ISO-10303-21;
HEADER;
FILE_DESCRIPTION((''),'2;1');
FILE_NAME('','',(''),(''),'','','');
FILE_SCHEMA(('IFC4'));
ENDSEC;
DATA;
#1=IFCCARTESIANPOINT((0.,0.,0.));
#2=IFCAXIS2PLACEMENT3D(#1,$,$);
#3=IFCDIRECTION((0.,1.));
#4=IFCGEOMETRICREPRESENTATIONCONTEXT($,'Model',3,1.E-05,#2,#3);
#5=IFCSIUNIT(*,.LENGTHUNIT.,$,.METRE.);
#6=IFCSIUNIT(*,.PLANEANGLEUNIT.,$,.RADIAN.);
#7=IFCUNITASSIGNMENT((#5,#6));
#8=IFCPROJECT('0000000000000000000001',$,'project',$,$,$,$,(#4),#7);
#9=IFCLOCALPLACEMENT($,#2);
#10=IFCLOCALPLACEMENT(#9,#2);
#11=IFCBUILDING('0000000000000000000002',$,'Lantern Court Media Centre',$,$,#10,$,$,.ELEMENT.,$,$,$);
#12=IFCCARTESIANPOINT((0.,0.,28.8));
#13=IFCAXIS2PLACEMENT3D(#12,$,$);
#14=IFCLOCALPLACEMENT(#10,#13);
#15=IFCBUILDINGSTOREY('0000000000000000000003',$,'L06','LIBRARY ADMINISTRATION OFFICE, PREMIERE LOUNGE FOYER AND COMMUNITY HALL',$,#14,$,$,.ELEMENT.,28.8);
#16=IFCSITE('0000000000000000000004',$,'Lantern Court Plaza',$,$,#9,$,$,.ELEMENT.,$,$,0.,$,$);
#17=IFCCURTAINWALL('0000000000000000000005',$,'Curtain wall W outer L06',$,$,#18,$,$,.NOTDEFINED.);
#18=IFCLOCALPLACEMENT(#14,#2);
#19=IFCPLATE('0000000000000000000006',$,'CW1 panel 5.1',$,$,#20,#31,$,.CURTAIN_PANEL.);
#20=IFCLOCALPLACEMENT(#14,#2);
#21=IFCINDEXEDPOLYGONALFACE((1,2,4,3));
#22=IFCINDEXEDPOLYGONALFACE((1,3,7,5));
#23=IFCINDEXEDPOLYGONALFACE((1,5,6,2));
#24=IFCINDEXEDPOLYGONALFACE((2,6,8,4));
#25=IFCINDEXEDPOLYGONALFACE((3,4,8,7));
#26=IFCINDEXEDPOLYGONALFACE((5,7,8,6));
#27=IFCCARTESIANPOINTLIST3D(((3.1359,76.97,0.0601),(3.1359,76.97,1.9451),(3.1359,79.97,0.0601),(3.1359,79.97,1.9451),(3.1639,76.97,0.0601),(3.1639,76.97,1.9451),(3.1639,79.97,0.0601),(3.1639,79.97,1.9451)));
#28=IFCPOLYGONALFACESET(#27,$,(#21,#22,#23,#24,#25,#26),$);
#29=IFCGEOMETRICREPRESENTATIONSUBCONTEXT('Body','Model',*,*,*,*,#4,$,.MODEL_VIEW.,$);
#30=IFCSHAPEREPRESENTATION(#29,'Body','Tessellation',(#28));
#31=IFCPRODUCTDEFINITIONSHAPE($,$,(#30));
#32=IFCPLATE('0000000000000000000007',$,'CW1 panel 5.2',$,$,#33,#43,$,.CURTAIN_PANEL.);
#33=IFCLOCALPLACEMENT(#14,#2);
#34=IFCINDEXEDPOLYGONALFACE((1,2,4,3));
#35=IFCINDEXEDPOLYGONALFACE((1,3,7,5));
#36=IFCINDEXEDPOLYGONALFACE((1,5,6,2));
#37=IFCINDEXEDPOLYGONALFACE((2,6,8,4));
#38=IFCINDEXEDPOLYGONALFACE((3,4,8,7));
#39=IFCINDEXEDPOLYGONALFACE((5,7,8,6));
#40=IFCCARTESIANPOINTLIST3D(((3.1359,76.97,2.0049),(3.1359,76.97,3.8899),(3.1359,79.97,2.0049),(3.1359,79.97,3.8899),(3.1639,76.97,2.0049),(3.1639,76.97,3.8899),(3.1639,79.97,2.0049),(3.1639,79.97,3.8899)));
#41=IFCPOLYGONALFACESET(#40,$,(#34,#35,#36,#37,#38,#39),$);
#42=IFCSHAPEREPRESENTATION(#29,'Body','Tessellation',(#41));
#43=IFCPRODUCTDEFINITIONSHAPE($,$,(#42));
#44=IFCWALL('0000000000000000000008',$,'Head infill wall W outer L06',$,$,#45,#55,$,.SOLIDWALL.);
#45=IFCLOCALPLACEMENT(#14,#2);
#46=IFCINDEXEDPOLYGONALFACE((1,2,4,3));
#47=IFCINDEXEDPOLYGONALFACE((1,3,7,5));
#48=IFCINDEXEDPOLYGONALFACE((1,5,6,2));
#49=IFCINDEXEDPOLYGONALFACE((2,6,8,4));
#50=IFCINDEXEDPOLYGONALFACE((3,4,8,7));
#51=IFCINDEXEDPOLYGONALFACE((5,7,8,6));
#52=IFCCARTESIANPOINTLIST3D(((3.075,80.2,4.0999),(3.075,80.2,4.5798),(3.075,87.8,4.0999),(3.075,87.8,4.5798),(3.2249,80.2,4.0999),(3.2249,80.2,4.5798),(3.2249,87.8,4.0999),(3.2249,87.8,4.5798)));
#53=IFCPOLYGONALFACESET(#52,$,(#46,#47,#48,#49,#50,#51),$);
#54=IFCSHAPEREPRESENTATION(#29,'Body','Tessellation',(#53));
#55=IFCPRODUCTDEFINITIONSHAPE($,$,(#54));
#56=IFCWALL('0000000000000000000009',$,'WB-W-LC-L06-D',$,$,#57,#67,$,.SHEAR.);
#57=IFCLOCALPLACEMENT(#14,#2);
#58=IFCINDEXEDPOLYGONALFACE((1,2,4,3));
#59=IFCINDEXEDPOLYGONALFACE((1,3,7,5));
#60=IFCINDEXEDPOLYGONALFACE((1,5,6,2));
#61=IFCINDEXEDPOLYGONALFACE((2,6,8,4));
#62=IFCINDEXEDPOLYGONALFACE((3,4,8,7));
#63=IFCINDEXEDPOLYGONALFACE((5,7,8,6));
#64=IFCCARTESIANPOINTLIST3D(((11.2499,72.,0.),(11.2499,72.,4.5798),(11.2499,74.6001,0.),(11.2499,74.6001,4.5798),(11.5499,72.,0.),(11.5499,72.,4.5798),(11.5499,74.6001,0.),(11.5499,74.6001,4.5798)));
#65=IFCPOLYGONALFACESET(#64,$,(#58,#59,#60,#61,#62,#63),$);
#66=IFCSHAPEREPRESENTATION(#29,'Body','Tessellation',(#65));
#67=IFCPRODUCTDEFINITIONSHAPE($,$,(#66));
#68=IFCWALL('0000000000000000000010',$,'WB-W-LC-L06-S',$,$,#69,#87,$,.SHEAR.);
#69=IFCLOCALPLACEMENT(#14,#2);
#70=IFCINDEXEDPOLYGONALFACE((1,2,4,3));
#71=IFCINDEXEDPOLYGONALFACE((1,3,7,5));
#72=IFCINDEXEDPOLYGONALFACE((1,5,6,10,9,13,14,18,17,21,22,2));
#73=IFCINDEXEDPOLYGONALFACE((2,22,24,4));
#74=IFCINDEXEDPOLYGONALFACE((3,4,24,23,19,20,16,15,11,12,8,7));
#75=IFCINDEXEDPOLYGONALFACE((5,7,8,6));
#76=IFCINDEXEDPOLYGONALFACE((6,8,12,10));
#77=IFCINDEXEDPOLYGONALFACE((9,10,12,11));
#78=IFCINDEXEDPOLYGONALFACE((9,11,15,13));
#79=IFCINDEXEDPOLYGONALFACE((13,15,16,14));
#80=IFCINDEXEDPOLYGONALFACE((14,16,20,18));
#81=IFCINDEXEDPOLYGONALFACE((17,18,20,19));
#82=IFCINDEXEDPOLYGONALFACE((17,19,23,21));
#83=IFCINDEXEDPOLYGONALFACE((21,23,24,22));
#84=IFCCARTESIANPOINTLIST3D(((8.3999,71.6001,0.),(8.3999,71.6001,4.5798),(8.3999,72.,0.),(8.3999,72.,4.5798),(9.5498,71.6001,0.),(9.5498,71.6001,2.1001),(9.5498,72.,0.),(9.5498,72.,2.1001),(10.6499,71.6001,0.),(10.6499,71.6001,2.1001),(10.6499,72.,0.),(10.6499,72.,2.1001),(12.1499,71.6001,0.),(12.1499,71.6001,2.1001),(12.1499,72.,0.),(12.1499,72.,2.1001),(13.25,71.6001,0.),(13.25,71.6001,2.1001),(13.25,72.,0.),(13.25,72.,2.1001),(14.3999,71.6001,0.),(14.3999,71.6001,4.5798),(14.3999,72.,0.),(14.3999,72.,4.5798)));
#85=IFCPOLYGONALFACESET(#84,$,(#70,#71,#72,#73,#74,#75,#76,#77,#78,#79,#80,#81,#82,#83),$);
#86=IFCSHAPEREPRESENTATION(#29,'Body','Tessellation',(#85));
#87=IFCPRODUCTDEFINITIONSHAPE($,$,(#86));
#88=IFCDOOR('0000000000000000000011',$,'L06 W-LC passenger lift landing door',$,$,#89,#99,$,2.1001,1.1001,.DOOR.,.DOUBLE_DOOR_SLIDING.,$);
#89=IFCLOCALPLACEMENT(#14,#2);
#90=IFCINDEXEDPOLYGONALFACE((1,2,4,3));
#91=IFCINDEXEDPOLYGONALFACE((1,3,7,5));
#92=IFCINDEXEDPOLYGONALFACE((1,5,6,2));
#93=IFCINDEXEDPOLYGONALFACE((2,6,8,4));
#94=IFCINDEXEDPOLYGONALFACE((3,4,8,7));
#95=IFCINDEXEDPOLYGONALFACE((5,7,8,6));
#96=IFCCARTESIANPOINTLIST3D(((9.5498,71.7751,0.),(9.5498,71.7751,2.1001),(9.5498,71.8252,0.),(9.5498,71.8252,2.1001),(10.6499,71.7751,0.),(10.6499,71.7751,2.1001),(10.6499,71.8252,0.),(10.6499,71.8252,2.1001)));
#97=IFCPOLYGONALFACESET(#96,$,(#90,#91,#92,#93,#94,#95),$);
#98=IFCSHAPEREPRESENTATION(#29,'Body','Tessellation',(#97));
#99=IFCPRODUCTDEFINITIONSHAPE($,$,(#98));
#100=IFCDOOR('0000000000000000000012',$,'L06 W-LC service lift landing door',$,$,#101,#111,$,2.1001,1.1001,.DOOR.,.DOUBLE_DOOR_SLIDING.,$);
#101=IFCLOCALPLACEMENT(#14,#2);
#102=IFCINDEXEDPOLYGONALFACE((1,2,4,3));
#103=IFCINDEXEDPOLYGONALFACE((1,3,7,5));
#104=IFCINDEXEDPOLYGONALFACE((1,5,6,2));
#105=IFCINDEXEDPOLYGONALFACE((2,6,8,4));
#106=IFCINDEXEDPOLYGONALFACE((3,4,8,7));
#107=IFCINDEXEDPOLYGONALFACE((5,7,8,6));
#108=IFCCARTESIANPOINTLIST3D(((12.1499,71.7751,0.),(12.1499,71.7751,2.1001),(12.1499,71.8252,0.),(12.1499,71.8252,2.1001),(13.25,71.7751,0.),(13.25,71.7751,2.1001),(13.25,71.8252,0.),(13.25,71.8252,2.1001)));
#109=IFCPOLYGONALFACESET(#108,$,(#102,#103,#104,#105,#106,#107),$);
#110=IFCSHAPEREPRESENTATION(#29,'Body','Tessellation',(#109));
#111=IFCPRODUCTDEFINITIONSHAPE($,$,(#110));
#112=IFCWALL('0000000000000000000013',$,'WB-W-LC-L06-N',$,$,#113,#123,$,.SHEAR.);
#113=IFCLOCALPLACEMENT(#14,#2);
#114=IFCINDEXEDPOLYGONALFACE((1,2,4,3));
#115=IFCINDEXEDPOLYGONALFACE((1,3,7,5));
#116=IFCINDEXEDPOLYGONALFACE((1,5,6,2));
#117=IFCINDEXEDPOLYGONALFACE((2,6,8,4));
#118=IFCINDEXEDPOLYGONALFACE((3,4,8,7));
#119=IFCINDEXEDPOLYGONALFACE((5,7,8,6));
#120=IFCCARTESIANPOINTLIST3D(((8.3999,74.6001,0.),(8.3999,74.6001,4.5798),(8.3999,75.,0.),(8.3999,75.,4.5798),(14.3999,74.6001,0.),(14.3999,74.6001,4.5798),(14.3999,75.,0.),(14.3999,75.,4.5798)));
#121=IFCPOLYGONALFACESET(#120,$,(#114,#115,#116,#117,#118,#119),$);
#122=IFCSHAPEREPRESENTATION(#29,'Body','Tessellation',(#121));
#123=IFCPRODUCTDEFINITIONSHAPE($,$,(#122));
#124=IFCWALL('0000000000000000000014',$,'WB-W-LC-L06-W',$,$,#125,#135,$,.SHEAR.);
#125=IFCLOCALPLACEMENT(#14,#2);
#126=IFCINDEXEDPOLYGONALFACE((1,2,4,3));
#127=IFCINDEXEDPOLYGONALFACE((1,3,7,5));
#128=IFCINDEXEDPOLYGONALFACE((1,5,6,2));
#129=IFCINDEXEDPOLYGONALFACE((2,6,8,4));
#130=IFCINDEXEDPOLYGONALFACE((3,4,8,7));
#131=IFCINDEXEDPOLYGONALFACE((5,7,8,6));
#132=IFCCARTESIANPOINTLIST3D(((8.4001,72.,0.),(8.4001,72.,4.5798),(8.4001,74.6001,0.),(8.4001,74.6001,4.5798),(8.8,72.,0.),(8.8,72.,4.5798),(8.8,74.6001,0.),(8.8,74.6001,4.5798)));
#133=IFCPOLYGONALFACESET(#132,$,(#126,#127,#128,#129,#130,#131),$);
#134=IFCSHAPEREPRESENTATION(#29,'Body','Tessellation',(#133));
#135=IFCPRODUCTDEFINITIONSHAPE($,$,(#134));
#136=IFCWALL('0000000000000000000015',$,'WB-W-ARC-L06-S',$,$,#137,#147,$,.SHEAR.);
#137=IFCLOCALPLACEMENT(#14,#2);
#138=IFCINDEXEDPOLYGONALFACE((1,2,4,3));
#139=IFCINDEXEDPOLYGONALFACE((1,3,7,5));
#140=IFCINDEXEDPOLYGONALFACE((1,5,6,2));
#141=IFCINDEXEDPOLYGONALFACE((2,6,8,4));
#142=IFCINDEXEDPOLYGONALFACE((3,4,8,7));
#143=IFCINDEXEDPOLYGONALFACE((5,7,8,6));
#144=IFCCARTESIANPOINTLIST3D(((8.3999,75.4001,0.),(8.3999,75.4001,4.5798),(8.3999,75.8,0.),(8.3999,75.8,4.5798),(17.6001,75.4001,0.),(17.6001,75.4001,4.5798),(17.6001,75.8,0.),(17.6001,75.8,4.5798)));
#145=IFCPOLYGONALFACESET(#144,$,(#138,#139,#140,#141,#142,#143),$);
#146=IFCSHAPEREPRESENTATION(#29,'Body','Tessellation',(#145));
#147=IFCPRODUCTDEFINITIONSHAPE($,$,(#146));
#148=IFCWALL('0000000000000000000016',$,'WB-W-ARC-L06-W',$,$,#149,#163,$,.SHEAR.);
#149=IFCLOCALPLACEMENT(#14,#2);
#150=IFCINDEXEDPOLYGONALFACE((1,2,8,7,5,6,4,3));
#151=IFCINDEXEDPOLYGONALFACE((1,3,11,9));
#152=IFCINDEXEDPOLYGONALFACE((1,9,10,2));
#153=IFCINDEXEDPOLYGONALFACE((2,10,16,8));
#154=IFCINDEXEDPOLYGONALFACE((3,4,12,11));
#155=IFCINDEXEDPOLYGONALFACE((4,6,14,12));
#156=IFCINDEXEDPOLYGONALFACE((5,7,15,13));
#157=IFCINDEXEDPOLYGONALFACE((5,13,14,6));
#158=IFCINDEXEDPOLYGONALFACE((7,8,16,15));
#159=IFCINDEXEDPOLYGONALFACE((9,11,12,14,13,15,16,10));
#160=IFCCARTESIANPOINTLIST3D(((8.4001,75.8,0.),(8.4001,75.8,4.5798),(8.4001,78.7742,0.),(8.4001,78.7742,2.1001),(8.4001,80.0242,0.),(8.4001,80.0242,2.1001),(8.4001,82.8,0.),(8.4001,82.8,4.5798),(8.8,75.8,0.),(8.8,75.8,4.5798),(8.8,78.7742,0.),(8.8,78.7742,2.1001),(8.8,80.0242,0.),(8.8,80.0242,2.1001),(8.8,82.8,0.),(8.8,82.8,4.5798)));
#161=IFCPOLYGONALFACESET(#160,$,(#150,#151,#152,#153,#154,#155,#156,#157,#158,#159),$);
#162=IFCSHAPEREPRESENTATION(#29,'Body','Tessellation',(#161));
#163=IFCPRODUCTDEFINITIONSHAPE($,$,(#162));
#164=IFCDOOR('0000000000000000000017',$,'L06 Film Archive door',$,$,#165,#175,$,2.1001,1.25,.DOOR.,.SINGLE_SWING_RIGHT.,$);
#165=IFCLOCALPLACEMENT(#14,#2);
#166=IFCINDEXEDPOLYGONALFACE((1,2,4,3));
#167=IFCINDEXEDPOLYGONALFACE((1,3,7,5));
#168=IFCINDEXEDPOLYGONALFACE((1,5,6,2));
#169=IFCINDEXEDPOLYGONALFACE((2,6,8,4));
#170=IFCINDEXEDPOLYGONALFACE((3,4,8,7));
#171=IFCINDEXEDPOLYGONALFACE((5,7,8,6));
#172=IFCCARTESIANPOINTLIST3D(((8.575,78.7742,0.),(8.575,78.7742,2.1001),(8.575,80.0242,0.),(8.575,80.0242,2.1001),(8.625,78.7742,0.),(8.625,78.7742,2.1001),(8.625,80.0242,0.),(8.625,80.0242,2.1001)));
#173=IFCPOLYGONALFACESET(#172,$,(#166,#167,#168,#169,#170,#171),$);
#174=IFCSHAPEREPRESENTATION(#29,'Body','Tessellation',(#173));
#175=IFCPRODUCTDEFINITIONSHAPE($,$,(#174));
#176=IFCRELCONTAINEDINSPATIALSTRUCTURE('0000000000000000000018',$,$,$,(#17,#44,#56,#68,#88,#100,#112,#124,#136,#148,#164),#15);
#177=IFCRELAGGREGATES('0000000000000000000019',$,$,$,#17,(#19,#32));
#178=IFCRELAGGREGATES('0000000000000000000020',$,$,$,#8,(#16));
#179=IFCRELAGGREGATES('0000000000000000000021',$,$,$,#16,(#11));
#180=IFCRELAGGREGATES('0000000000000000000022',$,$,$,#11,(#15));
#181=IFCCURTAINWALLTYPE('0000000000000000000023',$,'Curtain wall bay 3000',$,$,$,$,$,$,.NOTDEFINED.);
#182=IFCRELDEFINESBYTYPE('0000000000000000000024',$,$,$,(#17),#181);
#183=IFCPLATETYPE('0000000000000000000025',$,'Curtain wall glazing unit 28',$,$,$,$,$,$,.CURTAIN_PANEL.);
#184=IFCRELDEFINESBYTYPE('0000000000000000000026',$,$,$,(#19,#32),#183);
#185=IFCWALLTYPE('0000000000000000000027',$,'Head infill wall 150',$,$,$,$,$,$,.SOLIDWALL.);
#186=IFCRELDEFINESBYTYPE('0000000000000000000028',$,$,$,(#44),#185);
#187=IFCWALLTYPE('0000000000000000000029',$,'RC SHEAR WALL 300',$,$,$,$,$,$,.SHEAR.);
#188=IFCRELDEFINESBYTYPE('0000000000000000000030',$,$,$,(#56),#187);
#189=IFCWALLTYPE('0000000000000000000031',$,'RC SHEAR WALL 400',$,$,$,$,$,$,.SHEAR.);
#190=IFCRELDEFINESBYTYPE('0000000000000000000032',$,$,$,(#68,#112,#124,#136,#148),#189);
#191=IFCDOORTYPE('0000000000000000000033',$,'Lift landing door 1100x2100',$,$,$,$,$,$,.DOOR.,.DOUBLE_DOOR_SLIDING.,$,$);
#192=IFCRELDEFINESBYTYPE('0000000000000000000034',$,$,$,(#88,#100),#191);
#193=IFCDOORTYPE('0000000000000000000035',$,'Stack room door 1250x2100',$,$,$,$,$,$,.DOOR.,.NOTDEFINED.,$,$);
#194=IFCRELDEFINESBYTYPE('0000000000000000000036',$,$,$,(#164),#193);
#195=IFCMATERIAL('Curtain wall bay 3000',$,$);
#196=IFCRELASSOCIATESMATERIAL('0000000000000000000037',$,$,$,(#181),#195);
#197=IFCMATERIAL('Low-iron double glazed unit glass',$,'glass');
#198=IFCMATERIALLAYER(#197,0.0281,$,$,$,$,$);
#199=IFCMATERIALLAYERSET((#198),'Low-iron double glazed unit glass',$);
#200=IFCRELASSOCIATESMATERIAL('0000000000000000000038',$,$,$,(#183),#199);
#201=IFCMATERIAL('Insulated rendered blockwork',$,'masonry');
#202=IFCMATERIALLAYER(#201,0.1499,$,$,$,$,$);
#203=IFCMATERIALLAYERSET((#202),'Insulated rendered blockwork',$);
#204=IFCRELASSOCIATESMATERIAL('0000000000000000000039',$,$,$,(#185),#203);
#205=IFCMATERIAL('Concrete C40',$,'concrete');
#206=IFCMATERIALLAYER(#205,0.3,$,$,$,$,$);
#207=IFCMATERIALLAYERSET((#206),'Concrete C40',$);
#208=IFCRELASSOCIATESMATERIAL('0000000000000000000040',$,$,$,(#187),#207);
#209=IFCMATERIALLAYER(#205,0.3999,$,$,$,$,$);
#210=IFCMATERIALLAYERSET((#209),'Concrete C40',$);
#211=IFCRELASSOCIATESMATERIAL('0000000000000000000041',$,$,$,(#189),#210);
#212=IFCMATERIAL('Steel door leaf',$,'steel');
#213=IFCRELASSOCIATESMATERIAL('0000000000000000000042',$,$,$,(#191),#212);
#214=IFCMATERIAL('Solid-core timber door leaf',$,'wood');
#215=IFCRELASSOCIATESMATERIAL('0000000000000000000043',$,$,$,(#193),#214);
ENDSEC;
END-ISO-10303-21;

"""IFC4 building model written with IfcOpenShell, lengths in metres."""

from ifc_helpers import new_model, si_unit, direction, frame, frame_2d, origin, origin_2d, place, context, subcontext, project, spatial, rectangle, extrude, material, layer, layer_set, type_object, element, fill, aggregate, save


model = new_model("IFC4")

# Units and contexts
model_context = context("Model", 3, precision=1e-05, world=origin(), true_north=direction((0.0, 1.0)))
body_context = subcontext(model_context, "Body", "Model", "MODEL_VIEW")
ifc_project = project(units=[si_unit("LENGTHUNIT", "METRE"), si_unit("PLANEANGLEUNIT", "RADIAN")], contexts=[model_context])

# Site, building, storey
site_placement = place(None, origin())
site = spatial("IfcSite", under=ifc_project, at=site_placement, Name="Lantern Court Plaza", CompositionType="ELEMENT", RefElevation=0.0)
building_placement = place(site_placement, origin())
building = spatial("IfcBuilding", under=site, at=building_placement, Name="Lantern Court Media Centre", CompositionType="ELEMENT")
storey_placement = place(building_placement, frame((0.0, 0.0, 28.8)))
storey = spatial("IfcBuildingStorey", under=building, at=storey_placement, Name="L06", Description="LIBRARY ADMINISTRATION OFFICE, PREMIERE LOUNGE FOYER AND COMMUNITY HALL", CompositionType="ELEMENT", Elevation=28.8)

# Curtain wall
ifc_material_1 = material(Name="Curtain wall bay 3000")
curtain_wall_type = type_object("IfcCurtainWallType", Name="Curtain wall bay 3000", PredefinedType="NOTDEFINED", material=ifc_material_1)
curtain_wall_placement = place(storey_placement, origin())
curtain_wall = element("IfcCurtainWall", 1, at=curtain_wall_placement, inside=storey, type_object=curtain_wall_type, Name="Curtain wall W outer L06", PredefinedType="NOTDEFINED")

# Plates
ifc_material_2 = material(Name="Low-iron double glazed unit glass", Category="glass")
ifc_layer_1 = layer(ifc_material_2, 0.0281)
ifc_layer_set_1 = layer_set([ifc_layer_1], Name="Low-iron double glazed unit glass")
plate_type = type_object("IfcPlateType", Name="Curtain wall glazing unit 28", PredefinedType="CURTAIN_PANEL", material=ifc_layer_set_1)
plate_1_placement = place(storey_placement, frame((3.1499, 78.47, 0.0601), z_axis=(0.0, 0.0, 1.0), x_axis=(0.0, 1.0, 0.0)))
plate_1 = element("IfcPlate", 2, at=plate_1_placement, type_object=plate_type, Name="CW1 panel 5.1", PredefinedType="CURTAIN_PANEL", context=body_context, shape_type="SweptSolid", body=[
    extrude(rectangle(XDim=3.0, YDim=0.0281, at=origin_2d()), origin(), (0.0, 0.0, 1.0), 1.885),
])
plate_2_placement = place(storey_placement, frame((3.1499, 78.47, 2.0049), z_axis=(0.0, 0.0, 1.0), x_axis=(0.0, 1.0, 0.0)))
plate_2 = element("IfcPlate", 3, at=plate_2_placement, type_object=plate_type, Name="CW1 panel 5.2", PredefinedType="CURTAIN_PANEL", context=body_context, shape_type="SweptSolid", body=[
    extrude(rectangle(XDim=3.0, YDim=0.0281, at=origin_2d()), origin(), (0.0, 0.0, 1.0), 1.885),
])
aggregate(curtain_wall, [plate_1, plate_2])

# Walls
ifc_material_3 = material(Name="Insulated rendered blockwork", Category="masonry")
ifc_layer_2 = layer(ifc_material_3, 0.1499)
ifc_layer_set_2 = layer_set([ifc_layer_2], Name="Insulated rendered blockwork")
wall_type_1 = type_object("IfcWallType", Name="Head infill wall 150", PredefinedType="SOLIDWALL", material=ifc_layer_set_2)
wall_1_placement = place(storey_placement, frame((3.1499, 80.2, 4.0999), z_axis=(0.0, 0.0, 1.0), x_axis=(0.0, 1.0, 0.0)))
element("IfcWall", 4, at=wall_1_placement, inside=storey, type_object=wall_type_1, Name="Head infill wall W outer L06", PredefinedType="SOLIDWALL", context=body_context, shape_type="SweptSolid", body=[
    extrude(rectangle(XDim=7.6001, YDim=0.1499, at=frame_2d((3.8, 0.0))), origin(), (0.0, 0.0, 1.0), 0.48),
])
ifc_material_4 = material(Name="Concrete C40", Category="concrete")
ifc_layer_3 = layer(ifc_material_4, 0.3)
ifc_layer_set_3 = layer_set([ifc_layer_3], Name="Concrete C40")
wall_type_2 = type_object("IfcWallType", Name="RC SHEAR WALL 300", PredefinedType="SHEAR", material=ifc_layer_set_3)
wall_2_placement = place(storey_placement, frame((11.3999, 72.0, 0.0), z_axis=(0.0, 0.0, 1.0), x_axis=(0.0, 1.0, 0.0)))
element("IfcWall", 5, at=wall_2_placement, inside=storey, type_object=wall_type_2, Name="WB-W-LC-L06-D", PredefinedType="SHEAR", context=body_context, shape_type="SweptSolid", body=[
    extrude(rectangle(XDim=2.6001, YDim=0.3, at=frame_2d((1.3, 0.0))), origin(), (0.0, 0.0, 1.0), 4.5798),
])

# Wall, openings, doors
ifc_layer_4 = layer(ifc_material_4, 0.3999)
ifc_layer_set_4 = layer_set([ifc_layer_4], Name="Concrete C40")
wall_type_3 = type_object("IfcWallType", Name="RC SHEAR WALL 400", PredefinedType="SHEAR", material=ifc_layer_set_4)
wall_3_placement = place(storey_placement, frame((8.3999, 71.8, 0.0), z_axis=(0.0, 0.0, 1.0), x_axis=(1.0, 0.0, 0.0)))
wall_3 = element("IfcWall", 6, at=wall_3_placement, inside=storey, type_object=wall_type_3, Name="WB-W-LC-L06-S", PredefinedType="SHEAR", context=body_context, shape_type="SweptSolid", body=[
    extrude(rectangle(XDim=6.0, YDim=0.3999, at=frame_2d((3.0, 0.0))), origin(), (0.0, 0.0, 1.0), 4.5798),
])
opening_1_placement = place(wall_3_placement, frame((1.1499, 0.0, 0.0)))
opening_1 = element("IfcOpeningElement", 7, at=opening_1_placement, cuts=wall_3, PredefinedType="OPENING", context=body_context, shape_type="SweptSolid", body=[
    extrude(rectangle(XDim=1.1001, YDim=2.1001, at=frame_2d((0.55, 1.05))), frame((0.0, 0.21, 0.0), z_axis=(0.0, -1.0, 0.0), x_axis=(1.0, 0.0, 0.0)), (0.0, 0.0, 1.0), 0.4199),
])
opening_2_placement = place(wall_3_placement, frame((3.75, 0.0, 0.0)))
opening_2 = element("IfcOpeningElement", 8, at=opening_2_placement, cuts=wall_3, PredefinedType="OPENING", context=body_context, shape_type="SweptSolid", body=[
    extrude(rectangle(XDim=1.1001, YDim=2.1001, at=frame_2d((0.55, 1.05))), frame((0.0, 0.21, 0.0), z_axis=(0.0, -1.0, 0.0), x_axis=(1.0, 0.0, 0.0)), (0.0, 0.0, 1.0), 0.4199),
])
ifc_material_5 = material(Name="Steel door leaf", Category="steel")
door_type_1 = type_object("IfcDoorType", Name="Lift landing door 1100x2100", OperationType="DOUBLE_DOOR_SLIDING", PredefinedType="DOOR", material=ifc_material_5)
door_1_placement = place(opening_1_placement, frame((1.1001, 0.0, 0.0), z_axis=(0.0, 0.0, 1.0), x_axis=(-1.0, 0.0, 0.0)))
door_1 = element("IfcDoor", 9, at=door_1_placement, inside=storey, type_object=door_type_1, Name="L06 W-LC passenger lift landing door", OperationType="DOUBLE_DOOR_SLIDING", OverallHeight=2.1001, OverallWidth=1.1001, PredefinedType="DOOR", context=body_context, shape_type="SweptSolid", body=[
    extrude(rectangle(XDim=1.1001, YDim=2.1001, at=frame_2d((0.55, 1.05))), frame((0.0, 0.0249, 0.0), z_axis=(0.0, -1.0, 0.0), x_axis=(1.0, 0.0, 0.0)), (0.0, 0.0, 1.0), 0.05),
])
fill(opening_1, door_1)
door_2_placement = place(opening_2_placement, frame((1.1001, 0.0, 0.0), z_axis=(0.0, 0.0, 1.0), x_axis=(-1.0, 0.0, 0.0)))
door_2 = element("IfcDoor", 10, at=door_2_placement, inside=storey, type_object=door_type_1, Name="L06 W-LC service lift landing door", OperationType="DOUBLE_DOOR_SLIDING", OverallHeight=2.1001, OverallWidth=1.1001, PredefinedType="DOOR", context=body_context, shape_type="SweptSolid", body=[
    extrude(rectangle(XDim=1.1001, YDim=2.1001, at=frame_2d((0.55, 1.05))), frame((0.0, 0.0249, 0.0), z_axis=(0.0, -1.0, 0.0), x_axis=(1.0, 0.0, 0.0)), (0.0, 0.0, 1.0), 0.05),
])
fill(opening_2, door_2)

# Walls
wall_4_placement = place(storey_placement, frame((8.3999, 74.8, 0.0), z_axis=(0.0, 0.0, 1.0), x_axis=(1.0, 0.0, 0.0)))
element("IfcWall", 11, at=wall_4_placement, inside=storey, type_object=wall_type_3, Name="WB-W-LC-L06-N", PredefinedType="SHEAR", context=body_context, shape_type="SweptSolid", body=[
    extrude(rectangle(XDim=6.0, YDim=0.3999, at=frame_2d((3.0, 0.0))), origin(), (0.0, 0.0, 1.0), 4.5798),
])
wall_5_placement = place(storey_placement, frame((8.6001, 72.0, 0.0), z_axis=(0.0, 0.0, 1.0), x_axis=(0.0, 1.0, 0.0)))
element("IfcWall", 12, at=wall_5_placement, inside=storey, type_object=wall_type_3, Name="WB-W-LC-L06-W", PredefinedType="SHEAR", context=body_context, shape_type="SweptSolid", body=[
    extrude(rectangle(XDim=2.6001, YDim=0.3999, at=frame_2d((1.3, 0.0))), origin(), (0.0, 0.0, 1.0), 4.5798),
])
wall_6_placement = place(storey_placement, frame((8.3999, 75.6001, 0.0), z_axis=(0.0, 0.0, 1.0), x_axis=(1.0, 0.0, 0.0)))
element("IfcWall", 13, at=wall_6_placement, inside=storey, type_object=wall_type_3, Name="WB-W-ARC-L06-S", PredefinedType="SHEAR", context=body_context, shape_type="SweptSolid", body=[
    extrude(rectangle(XDim=9.2002, YDim=0.3999, at=frame_2d((4.6001, 0.0))), origin(), (0.0, 0.0, 1.0), 4.5798),
])

# Wall, opening, door
wall_7_placement = place(storey_placement, frame((8.6001, 75.8, 0.0), z_axis=(0.0, 0.0, 1.0), x_axis=(0.0, 1.0, 0.0)))
wall_7 = element("IfcWall", 14, at=wall_7_placement, inside=storey, type_object=wall_type_3, Name="WB-W-ARC-L06-W", PredefinedType="SHEAR", context=body_context, shape_type="SweptSolid", body=[
    extrude(rectangle(XDim=7.0, YDim=0.3999, at=frame_2d((3.5, 0.0))), origin(), (0.0, 0.0, 1.0), 4.5798),
])
opening_3_placement = place(wall_7_placement, frame((2.9741, 0.0, 0.0)))
opening_3 = element("IfcOpeningElement", 15, at=opening_3_placement, cuts=wall_7, PredefinedType="OPENING", context=body_context, shape_type="SweptSolid", body=[
    extrude(rectangle(XDim=1.25, YDim=2.1001, at=frame_2d((0.625, 1.05))), frame((0.0, 0.21, 0.0), z_axis=(0.0, -1.0, 0.0), x_axis=(1.0, 0.0, 0.0)), (0.0, 0.0, 1.0), 0.4199),
])
ifc_material_6 = material(Name="Solid-core timber door leaf", Category="wood")
door_type_2 = type_object("IfcDoorType", Name="Stack room door 1250x2100", OperationType="NOTDEFINED", PredefinedType="DOOR", material=ifc_material_6)
door_3_placement = place(opening_3_placement, frame((1.25, 0.0, 0.0), z_axis=(0.0, 0.0, 1.0), x_axis=(-1.0, 0.0, 0.0)))
door_3 = element("IfcDoor", 16, at=door_3_placement, inside=storey, type_object=door_type_2, Name="L06 Film Archive door", OperationType="SINGLE_SWING_RIGHT", OverallHeight=2.1001, OverallWidth=1.25, PredefinedType="DOOR", context=body_context, shape_type="SweptSolid", body=[
    extrude(rectangle(XDim=1.25, YDim=2.1001, at=frame_2d((0.625, 1.05))), frame((0.0, 0.0249, 0.0), z_axis=(0.0, -1.0, 0.0), x_axis=(1.0, 0.0, 0.0)), (0.0, 0.0, 1.0), 0.05),
])
fill(opening_3, door_3)

save(model, "model.ifc")
